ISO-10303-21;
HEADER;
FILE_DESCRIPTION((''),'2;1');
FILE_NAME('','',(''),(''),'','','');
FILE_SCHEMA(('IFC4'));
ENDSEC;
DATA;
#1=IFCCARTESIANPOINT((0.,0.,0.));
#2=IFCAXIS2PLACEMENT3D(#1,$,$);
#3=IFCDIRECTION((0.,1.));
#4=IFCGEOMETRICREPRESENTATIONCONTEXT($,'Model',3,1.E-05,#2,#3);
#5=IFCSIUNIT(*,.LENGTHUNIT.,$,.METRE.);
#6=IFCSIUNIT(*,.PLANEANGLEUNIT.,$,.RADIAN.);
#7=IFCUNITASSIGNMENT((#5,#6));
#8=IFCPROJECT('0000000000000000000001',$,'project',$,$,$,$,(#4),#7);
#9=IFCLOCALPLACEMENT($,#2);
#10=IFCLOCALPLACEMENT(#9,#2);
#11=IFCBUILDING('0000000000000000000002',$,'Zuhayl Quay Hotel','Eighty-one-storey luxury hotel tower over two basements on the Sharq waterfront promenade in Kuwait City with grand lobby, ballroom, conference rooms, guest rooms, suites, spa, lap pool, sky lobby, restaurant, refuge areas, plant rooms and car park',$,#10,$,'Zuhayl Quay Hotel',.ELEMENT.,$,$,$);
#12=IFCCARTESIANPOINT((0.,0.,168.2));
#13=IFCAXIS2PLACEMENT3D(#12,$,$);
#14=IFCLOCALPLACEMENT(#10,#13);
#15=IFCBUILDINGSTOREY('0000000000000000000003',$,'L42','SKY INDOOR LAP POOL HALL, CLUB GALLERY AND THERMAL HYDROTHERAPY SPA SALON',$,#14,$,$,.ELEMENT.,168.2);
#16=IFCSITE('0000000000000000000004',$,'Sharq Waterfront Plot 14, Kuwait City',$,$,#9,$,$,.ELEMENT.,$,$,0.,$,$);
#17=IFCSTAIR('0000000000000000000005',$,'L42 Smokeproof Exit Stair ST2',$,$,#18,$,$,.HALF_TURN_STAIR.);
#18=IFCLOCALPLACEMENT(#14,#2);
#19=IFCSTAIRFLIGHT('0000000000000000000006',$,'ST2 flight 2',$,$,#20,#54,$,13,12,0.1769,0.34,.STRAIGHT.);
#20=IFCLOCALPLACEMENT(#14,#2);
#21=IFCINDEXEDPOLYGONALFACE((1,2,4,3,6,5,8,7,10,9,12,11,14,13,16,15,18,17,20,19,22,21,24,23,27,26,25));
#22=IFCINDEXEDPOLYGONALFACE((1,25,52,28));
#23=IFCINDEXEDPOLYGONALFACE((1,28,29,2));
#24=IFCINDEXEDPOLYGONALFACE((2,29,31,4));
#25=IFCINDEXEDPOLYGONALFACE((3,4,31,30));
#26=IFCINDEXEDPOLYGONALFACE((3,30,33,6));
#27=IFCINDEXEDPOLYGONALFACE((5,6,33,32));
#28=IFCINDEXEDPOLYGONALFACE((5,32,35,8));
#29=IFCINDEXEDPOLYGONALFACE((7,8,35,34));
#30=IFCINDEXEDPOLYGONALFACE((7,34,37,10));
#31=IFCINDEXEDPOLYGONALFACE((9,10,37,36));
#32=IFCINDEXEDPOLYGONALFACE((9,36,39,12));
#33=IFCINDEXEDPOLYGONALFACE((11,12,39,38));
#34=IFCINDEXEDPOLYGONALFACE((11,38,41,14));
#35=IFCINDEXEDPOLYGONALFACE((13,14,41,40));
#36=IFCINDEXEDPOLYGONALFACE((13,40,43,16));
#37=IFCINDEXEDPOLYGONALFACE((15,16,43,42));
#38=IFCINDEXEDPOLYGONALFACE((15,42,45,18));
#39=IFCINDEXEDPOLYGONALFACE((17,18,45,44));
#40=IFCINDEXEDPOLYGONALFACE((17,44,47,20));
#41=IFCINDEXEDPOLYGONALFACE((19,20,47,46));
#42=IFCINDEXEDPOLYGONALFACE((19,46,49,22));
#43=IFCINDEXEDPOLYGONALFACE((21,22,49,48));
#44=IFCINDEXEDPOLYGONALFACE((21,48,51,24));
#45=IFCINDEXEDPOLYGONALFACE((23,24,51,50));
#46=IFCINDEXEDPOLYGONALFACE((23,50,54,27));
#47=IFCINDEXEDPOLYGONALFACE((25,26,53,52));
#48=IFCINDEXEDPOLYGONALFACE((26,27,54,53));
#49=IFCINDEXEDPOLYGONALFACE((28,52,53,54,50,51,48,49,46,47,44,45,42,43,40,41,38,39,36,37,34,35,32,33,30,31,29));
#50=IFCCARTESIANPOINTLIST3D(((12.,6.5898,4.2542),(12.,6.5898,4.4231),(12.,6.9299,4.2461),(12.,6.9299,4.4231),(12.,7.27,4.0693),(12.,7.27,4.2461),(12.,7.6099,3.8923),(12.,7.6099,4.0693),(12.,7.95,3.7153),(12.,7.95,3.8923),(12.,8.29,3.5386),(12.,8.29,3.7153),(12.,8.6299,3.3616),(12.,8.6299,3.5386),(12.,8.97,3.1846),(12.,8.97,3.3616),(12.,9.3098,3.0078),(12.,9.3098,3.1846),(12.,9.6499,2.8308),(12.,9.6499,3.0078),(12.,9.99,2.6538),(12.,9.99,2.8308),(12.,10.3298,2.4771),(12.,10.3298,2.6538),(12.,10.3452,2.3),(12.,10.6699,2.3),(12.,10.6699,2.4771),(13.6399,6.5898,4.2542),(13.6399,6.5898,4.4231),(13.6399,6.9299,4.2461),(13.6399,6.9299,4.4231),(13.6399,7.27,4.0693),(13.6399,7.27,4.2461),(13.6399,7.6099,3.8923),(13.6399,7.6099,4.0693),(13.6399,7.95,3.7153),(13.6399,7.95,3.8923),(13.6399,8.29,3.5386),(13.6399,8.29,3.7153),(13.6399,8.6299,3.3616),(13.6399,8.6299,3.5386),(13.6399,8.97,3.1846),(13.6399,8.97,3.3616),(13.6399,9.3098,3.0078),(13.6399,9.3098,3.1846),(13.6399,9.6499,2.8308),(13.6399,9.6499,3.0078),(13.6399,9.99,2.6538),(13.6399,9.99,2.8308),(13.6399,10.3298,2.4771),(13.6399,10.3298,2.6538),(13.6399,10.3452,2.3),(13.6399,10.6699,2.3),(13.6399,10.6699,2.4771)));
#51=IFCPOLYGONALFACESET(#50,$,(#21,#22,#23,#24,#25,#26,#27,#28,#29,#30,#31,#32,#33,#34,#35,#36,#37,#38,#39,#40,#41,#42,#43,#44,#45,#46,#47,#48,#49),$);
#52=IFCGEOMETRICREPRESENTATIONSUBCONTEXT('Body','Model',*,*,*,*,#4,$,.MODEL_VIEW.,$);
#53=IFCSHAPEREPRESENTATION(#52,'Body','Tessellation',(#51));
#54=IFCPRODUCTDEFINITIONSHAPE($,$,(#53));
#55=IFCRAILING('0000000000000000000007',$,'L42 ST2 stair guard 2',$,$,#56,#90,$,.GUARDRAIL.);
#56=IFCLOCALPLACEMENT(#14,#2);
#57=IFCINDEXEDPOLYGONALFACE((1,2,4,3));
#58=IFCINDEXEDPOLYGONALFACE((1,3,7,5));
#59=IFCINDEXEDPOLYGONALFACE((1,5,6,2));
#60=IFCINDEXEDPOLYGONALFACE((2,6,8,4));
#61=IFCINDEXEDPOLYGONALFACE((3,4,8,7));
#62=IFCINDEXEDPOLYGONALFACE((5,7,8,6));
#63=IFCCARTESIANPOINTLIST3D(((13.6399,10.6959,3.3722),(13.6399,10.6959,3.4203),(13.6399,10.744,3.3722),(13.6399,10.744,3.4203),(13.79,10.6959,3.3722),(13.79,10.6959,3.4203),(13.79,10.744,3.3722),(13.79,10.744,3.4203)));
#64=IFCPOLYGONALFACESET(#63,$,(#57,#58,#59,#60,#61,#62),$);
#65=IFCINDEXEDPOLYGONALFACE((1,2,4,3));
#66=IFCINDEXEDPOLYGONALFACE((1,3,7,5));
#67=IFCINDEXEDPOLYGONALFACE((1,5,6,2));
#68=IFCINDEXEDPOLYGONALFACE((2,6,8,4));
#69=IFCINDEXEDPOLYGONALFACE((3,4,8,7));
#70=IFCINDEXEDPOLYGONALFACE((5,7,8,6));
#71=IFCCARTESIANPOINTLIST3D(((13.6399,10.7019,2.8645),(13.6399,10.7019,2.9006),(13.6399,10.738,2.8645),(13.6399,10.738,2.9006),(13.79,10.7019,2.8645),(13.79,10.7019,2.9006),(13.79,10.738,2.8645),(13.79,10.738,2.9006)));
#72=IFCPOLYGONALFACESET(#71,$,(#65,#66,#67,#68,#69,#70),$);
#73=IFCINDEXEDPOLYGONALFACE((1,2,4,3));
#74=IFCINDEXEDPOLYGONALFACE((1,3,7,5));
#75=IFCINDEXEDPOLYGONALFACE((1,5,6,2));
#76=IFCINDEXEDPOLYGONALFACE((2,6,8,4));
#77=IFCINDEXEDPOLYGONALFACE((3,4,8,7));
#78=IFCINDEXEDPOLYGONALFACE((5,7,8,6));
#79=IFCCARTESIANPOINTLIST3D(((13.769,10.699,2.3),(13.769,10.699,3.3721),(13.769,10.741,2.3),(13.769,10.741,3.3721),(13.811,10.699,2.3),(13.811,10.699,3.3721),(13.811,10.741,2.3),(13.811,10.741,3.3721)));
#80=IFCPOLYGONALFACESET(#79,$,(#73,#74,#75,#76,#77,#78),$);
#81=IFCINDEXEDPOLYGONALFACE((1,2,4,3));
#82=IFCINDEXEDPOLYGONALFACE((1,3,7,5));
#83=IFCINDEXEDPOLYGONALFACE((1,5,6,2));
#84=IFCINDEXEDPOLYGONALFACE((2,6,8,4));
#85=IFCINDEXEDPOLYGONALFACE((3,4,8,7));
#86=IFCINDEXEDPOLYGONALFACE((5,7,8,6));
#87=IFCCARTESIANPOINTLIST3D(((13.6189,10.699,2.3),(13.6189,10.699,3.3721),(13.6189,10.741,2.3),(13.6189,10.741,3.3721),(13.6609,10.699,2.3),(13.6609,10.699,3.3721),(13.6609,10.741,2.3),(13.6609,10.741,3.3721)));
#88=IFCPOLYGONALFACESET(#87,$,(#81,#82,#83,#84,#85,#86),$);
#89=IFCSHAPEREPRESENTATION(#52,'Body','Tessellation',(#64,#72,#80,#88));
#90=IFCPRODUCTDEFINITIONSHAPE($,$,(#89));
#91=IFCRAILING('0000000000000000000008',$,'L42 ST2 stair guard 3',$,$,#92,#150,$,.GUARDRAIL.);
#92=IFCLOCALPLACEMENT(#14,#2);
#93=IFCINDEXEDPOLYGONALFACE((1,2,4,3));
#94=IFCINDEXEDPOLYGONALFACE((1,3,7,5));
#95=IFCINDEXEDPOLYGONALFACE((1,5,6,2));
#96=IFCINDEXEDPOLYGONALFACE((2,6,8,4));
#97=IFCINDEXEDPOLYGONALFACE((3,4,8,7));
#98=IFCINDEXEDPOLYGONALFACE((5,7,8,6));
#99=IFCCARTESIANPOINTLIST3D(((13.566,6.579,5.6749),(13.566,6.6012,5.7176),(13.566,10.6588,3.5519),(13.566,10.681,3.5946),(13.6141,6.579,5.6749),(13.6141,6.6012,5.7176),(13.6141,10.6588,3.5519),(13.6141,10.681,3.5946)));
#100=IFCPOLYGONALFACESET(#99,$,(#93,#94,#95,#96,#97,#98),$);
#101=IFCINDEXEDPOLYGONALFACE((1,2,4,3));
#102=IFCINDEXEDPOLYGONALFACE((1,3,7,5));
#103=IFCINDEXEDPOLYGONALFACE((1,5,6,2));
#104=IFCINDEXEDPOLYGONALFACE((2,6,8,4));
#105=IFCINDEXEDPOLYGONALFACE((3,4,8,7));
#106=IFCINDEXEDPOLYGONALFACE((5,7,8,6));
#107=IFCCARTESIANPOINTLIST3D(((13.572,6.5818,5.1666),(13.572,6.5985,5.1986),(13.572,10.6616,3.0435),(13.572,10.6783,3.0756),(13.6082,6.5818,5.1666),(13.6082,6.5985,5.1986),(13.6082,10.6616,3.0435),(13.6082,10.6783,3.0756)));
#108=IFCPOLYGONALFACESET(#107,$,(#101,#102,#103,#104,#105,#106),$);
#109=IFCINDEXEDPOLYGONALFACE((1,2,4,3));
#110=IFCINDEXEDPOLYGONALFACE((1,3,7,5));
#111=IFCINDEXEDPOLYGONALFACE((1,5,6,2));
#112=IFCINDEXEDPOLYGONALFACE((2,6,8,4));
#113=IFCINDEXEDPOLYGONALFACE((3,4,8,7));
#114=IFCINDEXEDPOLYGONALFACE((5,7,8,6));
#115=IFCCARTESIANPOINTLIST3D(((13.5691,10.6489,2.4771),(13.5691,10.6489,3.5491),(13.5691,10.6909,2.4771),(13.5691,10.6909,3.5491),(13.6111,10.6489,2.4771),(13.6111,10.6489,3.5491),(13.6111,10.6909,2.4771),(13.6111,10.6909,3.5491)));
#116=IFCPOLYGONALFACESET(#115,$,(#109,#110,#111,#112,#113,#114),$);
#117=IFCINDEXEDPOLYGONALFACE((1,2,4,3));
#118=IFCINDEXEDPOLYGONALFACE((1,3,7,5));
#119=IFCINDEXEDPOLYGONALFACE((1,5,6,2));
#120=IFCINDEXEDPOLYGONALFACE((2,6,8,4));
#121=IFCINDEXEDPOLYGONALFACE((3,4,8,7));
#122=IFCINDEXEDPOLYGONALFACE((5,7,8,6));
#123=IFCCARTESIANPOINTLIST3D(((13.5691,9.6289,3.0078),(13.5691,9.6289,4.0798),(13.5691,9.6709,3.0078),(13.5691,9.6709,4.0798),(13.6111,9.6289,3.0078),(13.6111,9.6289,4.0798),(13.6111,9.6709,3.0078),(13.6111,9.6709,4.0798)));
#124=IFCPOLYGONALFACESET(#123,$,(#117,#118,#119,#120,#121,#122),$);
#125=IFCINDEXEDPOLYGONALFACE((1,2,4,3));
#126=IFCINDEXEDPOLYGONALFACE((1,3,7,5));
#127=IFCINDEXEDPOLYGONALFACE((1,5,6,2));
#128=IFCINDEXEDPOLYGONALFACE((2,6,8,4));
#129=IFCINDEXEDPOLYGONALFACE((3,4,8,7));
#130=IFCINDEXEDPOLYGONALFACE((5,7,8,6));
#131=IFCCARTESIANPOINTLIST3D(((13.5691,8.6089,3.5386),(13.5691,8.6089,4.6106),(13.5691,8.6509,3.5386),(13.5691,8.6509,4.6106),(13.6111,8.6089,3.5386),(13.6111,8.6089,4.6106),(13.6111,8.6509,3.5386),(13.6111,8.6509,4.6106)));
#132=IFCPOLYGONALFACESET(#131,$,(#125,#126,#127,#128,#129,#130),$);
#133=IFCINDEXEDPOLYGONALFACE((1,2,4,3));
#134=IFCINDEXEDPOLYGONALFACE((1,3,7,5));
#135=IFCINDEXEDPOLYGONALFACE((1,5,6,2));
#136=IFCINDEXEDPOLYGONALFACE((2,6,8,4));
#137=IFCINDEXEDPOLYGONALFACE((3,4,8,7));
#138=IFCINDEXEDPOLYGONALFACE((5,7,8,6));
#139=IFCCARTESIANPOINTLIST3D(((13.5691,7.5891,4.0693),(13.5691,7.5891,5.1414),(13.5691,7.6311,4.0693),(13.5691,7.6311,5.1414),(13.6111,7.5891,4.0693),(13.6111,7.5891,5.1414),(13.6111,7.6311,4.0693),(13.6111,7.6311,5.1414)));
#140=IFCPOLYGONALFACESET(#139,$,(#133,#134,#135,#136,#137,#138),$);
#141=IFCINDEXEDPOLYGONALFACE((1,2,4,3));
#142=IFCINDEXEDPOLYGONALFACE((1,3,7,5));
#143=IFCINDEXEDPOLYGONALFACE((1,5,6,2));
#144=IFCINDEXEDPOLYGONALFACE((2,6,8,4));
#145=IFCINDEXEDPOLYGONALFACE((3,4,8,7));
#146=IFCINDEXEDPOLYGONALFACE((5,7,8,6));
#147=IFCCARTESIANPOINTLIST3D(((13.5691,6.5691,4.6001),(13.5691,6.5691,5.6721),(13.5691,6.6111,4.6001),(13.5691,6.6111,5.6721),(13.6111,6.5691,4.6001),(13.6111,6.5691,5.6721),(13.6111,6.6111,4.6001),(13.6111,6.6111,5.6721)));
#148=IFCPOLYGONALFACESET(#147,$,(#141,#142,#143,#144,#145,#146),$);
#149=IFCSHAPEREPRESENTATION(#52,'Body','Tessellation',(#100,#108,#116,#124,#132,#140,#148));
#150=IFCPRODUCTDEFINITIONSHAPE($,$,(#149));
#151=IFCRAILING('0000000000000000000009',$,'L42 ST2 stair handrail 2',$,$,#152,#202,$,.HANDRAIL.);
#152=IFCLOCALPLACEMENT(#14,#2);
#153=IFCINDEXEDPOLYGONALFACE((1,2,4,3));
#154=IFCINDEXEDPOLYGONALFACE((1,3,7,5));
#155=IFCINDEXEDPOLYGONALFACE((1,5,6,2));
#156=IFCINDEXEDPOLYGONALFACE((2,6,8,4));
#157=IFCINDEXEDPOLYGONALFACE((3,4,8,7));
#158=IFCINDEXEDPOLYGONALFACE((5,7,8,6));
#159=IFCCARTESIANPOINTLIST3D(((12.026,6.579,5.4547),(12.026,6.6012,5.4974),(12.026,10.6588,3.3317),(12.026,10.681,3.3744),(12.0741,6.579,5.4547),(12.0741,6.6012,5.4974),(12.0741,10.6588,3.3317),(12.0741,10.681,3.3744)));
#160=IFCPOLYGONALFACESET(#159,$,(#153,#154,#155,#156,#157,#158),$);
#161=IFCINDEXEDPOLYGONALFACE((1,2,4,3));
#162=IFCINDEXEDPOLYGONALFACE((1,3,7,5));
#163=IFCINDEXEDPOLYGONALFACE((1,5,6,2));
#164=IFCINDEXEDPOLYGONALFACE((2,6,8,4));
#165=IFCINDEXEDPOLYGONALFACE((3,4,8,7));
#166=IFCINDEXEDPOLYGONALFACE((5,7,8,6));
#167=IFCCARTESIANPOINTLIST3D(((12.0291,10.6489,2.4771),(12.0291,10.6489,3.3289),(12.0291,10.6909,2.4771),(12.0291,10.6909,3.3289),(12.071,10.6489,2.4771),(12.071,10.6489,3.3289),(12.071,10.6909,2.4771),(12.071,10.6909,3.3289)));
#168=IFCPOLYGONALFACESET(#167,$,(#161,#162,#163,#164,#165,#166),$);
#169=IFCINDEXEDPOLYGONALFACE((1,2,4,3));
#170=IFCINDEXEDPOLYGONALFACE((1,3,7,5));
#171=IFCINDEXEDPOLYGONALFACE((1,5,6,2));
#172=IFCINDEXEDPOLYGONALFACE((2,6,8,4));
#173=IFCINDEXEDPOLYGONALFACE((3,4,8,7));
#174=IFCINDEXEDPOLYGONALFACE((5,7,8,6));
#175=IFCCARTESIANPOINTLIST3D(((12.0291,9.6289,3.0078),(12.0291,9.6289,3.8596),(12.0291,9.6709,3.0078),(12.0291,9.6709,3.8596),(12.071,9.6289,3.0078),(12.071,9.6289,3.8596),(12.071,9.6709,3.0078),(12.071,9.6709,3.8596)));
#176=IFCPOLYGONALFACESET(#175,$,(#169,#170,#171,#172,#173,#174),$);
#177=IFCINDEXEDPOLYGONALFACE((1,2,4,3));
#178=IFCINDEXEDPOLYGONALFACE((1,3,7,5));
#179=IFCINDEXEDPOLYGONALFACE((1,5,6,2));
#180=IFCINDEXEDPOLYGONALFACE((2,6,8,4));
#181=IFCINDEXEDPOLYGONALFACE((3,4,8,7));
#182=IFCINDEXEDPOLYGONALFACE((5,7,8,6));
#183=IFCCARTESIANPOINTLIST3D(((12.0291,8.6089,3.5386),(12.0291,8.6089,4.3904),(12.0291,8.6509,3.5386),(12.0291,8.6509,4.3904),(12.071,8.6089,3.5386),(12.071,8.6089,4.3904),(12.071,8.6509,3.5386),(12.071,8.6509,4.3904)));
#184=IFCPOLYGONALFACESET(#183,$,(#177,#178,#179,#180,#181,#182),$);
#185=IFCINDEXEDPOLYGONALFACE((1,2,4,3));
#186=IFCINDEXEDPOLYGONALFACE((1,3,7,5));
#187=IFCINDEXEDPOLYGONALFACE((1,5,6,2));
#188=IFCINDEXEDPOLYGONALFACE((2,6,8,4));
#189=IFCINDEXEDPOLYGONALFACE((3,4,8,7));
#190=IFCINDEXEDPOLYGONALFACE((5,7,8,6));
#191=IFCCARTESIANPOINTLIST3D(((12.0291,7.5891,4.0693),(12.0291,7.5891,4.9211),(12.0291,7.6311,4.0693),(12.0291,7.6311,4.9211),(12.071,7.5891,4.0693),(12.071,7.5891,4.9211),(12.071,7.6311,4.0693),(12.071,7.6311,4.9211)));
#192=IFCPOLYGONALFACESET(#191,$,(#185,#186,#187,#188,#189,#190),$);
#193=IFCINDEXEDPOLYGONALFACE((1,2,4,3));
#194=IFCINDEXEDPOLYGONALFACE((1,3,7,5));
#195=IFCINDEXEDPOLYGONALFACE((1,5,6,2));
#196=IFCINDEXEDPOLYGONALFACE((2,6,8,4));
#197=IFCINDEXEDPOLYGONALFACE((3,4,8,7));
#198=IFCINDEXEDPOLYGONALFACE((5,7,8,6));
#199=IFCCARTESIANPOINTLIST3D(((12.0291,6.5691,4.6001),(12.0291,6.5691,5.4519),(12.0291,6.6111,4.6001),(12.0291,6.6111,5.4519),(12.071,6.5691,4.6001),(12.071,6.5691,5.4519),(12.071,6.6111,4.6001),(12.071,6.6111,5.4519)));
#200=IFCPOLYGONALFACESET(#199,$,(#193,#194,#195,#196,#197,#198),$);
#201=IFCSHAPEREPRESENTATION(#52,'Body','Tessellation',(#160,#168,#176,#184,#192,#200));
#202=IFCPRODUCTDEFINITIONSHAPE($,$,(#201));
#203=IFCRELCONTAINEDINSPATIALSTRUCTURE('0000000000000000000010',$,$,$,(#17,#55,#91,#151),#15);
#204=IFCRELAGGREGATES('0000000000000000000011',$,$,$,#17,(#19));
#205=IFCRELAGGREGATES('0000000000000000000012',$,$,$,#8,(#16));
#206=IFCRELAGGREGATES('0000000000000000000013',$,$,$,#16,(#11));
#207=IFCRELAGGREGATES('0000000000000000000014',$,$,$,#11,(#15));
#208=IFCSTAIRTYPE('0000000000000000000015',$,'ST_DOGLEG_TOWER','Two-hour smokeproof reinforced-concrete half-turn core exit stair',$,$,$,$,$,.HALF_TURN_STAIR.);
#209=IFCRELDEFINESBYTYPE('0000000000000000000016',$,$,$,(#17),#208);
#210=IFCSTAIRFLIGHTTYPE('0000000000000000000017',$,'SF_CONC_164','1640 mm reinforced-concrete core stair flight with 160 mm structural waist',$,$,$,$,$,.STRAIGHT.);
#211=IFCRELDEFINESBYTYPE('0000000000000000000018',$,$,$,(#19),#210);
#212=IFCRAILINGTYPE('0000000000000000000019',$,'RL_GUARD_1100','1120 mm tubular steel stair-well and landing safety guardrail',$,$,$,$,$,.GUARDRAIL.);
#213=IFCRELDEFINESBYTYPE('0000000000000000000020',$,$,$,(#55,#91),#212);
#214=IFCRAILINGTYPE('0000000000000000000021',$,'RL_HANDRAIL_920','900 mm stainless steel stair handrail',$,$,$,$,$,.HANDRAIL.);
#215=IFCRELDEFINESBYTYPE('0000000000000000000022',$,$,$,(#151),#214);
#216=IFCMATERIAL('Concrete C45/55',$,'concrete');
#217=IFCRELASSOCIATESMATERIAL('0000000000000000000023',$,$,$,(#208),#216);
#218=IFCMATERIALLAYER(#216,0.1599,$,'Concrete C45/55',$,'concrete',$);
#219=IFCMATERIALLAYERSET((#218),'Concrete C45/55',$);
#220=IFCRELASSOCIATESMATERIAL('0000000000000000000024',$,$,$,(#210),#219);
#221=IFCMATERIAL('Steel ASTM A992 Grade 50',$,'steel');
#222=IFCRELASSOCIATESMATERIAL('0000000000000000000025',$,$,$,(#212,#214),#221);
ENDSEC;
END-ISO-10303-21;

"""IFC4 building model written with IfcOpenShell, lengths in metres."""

from ifc_helpers import new_model, si_unit, direction, frame, origin, origin_2d, place, context, subcontext, project, spatial, polyline, rectangle, outline, extrude, material, layer, layer_set, type_object, element, aggregate, save


model = new_model("IFC4")

# Units and contexts
model_context = context("Model", 3, precision=1e-05, world=origin(), true_north=direction((0.0, 1.0)))
body_context = subcontext(model_context, "Body", "Model", "MODEL_VIEW")
ifc_project = project(units=[si_unit("LENGTHUNIT", "METRE"), si_unit("PLANEANGLEUNIT", "RADIAN")], contexts=[model_context])

# Site, building, storey
site_placement = place(None, origin())
site = spatial("IfcSite", under=ifc_project, at=site_placement, Name="Sharq Waterfront Plot 14, Kuwait City", CompositionType="ELEMENT", RefElevation=0.0)
building_placement = place(site_placement, origin())
building = spatial("IfcBuilding", under=site, at=building_placement, Name="Zuhayl Quay Hotel", Description="Eighty-one-storey luxury hotel tower over two basements on the Sharq waterfront promenade in Kuwait City with grand lobby, ballroom, conference rooms, guest rooms, suites, spa, lap pool, sky lobby, restaurant, refuge areas, plant rooms and car park", LongName="Zuhayl Quay Hotel", CompositionType="ELEMENT")
storey_placement = place(building_placement, frame((0.0, 0.0, 168.2)))
storey = spatial("IfcBuildingStorey", under=building, at=storey_placement, Name="L42", Description="SKY INDOOR LAP POOL HALL, CLUB GALLERY AND THERMAL HYDROTHERAPY SPA SALON", CompositionType="ELEMENT", Elevation=168.2)

# Shared definitions
ifc_material_1 = material(Name="Steel ASTM A992 Grade 50", Category="steel")

# Stair, stair flight
ifc_material_2 = material(Name="Concrete C45/55", Category="concrete")
stair_type = type_object("IfcStairType", Name="ST_DOGLEG_TOWER", Description="Two-hour smokeproof reinforced-concrete half-turn core exit stair", PredefinedType="HALF_TURN_STAIR", material=ifc_material_2)
stair_placement = place(storey_placement, origin())
stair = element("IfcStair", 1, at=stair_placement, inside=storey, type_object=stair_type, Name="L42 Smokeproof Exit Stair ST2", PredefinedType="HALF_TURN_STAIR")
ifc_layer_1 = layer(ifc_material_2, 0.1599, Name="Concrete C45/55", Category="concrete")
ifc_layer_set_1 = layer_set([ifc_layer_1], Name="Concrete C45/55")
stair_flight_type = type_object("IfcStairFlightType", Name="SF_CONC_164", Description="1640 mm reinforced-concrete core stair flight with 160 mm structural waist", PredefinedType="STRAIGHT", material=ifc_layer_set_1)
stair_flight_placement = place(storey_placement, frame((12.8201, 10.6699, 2.3), z_axis=(0.0, 0.0, 1.0), x_axis=(0.0, -1.0, 0.0)))
stair_flight = element("IfcStairFlight", 2, at=stair_flight_placement, type_object=stair_flight_type, Name="ST2 flight 2", NumberOfRisers=13, NumberOfTreads=12, PredefinedType="STRAIGHT", RiserHeight=0.1769, TreadLength=0.34, context=body_context, shape_type="SweptSolid", body=[
    extrude(outline(polyline([(0.0, 0.0), (0.0, 0.177), (0.3401, 0.177), (0.3401, 0.3538), (0.6799, 0.3538), (0.6799, 0.5308), (1.02, 0.5308), (1.02, 0.7078), (1.3601, 0.7078), (1.3601, 0.8845), (1.7, 0.8845), (1.7, 1.0615), (2.04, 1.0615), (2.04, 1.2385), (2.3799, 1.2385), (2.3799, 1.4153), (2.72, 1.4153), (2.72, 1.5923), (3.0601, 1.5923), (3.0601, 1.7693), (3.3999, 1.7693), (3.3999, 1.946), (3.74, 1.946), (3.74, 2.123), (4.0801, 2.123), (4.0801, 2.3), (4.0801, 1.9541), (0.3247, 0.0), (0.0, 0.0)])), frame((0.0, 0.8198, 0.0), z_axis=(0.0, -1.0, 0.0), x_axis=(1.0, 0.0, 0.0)), (0.0, 0.0, 1.0), 1.6399),
])
aggregate(stair, [stair_flight])

# Railings
railing_type_1 = type_object("IfcRailingType", Name="RL_GUARD_1100", Description="1120 mm tubular steel stair-well and landing safety guardrail", PredefinedType="GUARDRAIL", material=ifc_material_1)
railing_1_placement = place(storey_placement, frame((13.79, 10.72, 2.3)))
element("IfcRailing", 3, at=railing_1_placement, inside=storey, type_object=railing_type_1, Name="L42 ST2 stair guard 2", PredefinedType="GUARDRAIL", context=body_context, shape_type="SweptSolid", body=[
    extrude(rectangle(XDim=0.0481, YDim=0.0481, at=origin_2d()), frame((0.0, 0.0, 1.0962), z_axis=(-1.0, 0.0, 0.0), x_axis=(0.0, -1.0, 0.0)), (0.0, 0.0, 1.0), 0.1501),
    extrude(rectangle(XDim=0.0361, YDim=0.0361, at=origin_2d()), frame((0.0, 0.0, 0.5825), z_axis=(-1.0, 0.0, 0.0), x_axis=(0.0, -1.0, 0.0)), (0.0, 0.0, 1.0), 0.1501),
    extrude(rectangle(XDim=0.042, YDim=0.042, at=origin_2d()), origin(), (0.0, 0.0, 1.0), 1.072),
    extrude(rectangle(XDim=0.042, YDim=0.042, at=origin_2d()), frame((-0.1501, 0.0, 0.0)), (0.0, 0.0, 1.0), 1.072),
])
railing_2_placement = place(storey_placement, frame((13.5901, 10.6699, 2.4771)))
element("IfcRailing", 4, at=railing_2_placement, inside=storey, type_object=railing_type_1, Name="L42 ST2 stair guard 3", PredefinedType="GUARDRAIL", context=body_context, shape_type="SweptSolid", body=[
    extrude(rectangle(XDim=0.0481, YDim=0.0481, at=origin_2d()), frame((0.0, 0.0, 1.0962), z_axis=(0.0, -0.88708, 0.461615), x_axis=(1.0, 0.0, 0.0)), (0.0, 0.0, 1.0), 4.5991),
    extrude(rectangle(XDim=0.0361, YDim=0.0361, at=origin_2d()), frame((0.0, 0.0, 0.5825), z_axis=(0.0, -0.88708, 0.461615), x_axis=(1.0, 0.0, 0.0)), (0.0, 0.0, 1.0), 4.5991),
    extrude(rectangle(XDim=0.042, YDim=0.042, at=origin_2d()), origin(), (0.0, 0.0, 1.0), 1.072),
    extrude(rectangle(XDim=0.042, YDim=0.042, at=origin_2d()), frame((0.0, -1.02, 0.5308)), (0.0, 0.0, 1.0), 1.072),
    extrude(rectangle(XDim=0.042, YDim=0.042, at=origin_2d()), frame((0.0, -2.04, 1.0615)), (0.0, 0.0, 1.0), 1.072),
    extrude(rectangle(XDim=0.042, YDim=0.042, at=origin_2d()), frame((0.0, -3.0598, 1.5923)), (0.0, 0.0, 1.0), 1.072),
    extrude(rectangle(XDim=0.042, YDim=0.042, at=origin_2d()), frame((0.0, -4.0798, 2.123)), (0.0, 0.0, 1.0), 1.072),
])
railing_type_2 = type_object("IfcRailingType", Name="RL_HANDRAIL_920", Description="900 mm stainless steel stair handrail", PredefinedType="HANDRAIL", material=ifc_material_1)
railing_3_placement = place(storey_placement, frame((12.05, 10.6699, 2.4771)))
element("IfcRailing", 5, at=railing_3_placement, inside=storey, type_object=railing_type_2, Name="L42 ST2 stair handrail 2", PredefinedType="HANDRAIL", context=body_context, shape_type="SweptSolid", body=[
    extrude(rectangle(XDim=0.0481, YDim=0.0481, at=origin_2d()), frame((0.0, 0.0, 0.876), z_axis=(0.0, -0.88708, 0.461615), x_axis=(1.0, 0.0, 0.0)), (0.0, 0.0, 1.0), 4.5991),
    extrude(rectangle(XDim=0.042, YDim=0.042, at=origin_2d()), origin(), (0.0, 0.0, 1.0), 0.8518),
    extrude(rectangle(XDim=0.042, YDim=0.042, at=origin_2d()), frame((0.0, -1.02, 0.5308)), (0.0, 0.0, 1.0), 0.8518),
    extrude(rectangle(XDim=0.042, YDim=0.042, at=origin_2d()), frame((0.0, -2.04, 1.0615)), (0.0, 0.0, 1.0), 0.8518),
    extrude(rectangle(XDim=0.042, YDim=0.042, at=origin_2d()), frame((0.0, -3.0598, 1.5923)), (0.0, 0.0, 1.0), 0.8518),
    extrude(rectangle(XDim=0.042, YDim=0.042, at=origin_2d()), frame((0.0, -4.0798, 2.123)), (0.0, 0.0, 1.0), 0.8518),
])

save(model, "model.ifc")
